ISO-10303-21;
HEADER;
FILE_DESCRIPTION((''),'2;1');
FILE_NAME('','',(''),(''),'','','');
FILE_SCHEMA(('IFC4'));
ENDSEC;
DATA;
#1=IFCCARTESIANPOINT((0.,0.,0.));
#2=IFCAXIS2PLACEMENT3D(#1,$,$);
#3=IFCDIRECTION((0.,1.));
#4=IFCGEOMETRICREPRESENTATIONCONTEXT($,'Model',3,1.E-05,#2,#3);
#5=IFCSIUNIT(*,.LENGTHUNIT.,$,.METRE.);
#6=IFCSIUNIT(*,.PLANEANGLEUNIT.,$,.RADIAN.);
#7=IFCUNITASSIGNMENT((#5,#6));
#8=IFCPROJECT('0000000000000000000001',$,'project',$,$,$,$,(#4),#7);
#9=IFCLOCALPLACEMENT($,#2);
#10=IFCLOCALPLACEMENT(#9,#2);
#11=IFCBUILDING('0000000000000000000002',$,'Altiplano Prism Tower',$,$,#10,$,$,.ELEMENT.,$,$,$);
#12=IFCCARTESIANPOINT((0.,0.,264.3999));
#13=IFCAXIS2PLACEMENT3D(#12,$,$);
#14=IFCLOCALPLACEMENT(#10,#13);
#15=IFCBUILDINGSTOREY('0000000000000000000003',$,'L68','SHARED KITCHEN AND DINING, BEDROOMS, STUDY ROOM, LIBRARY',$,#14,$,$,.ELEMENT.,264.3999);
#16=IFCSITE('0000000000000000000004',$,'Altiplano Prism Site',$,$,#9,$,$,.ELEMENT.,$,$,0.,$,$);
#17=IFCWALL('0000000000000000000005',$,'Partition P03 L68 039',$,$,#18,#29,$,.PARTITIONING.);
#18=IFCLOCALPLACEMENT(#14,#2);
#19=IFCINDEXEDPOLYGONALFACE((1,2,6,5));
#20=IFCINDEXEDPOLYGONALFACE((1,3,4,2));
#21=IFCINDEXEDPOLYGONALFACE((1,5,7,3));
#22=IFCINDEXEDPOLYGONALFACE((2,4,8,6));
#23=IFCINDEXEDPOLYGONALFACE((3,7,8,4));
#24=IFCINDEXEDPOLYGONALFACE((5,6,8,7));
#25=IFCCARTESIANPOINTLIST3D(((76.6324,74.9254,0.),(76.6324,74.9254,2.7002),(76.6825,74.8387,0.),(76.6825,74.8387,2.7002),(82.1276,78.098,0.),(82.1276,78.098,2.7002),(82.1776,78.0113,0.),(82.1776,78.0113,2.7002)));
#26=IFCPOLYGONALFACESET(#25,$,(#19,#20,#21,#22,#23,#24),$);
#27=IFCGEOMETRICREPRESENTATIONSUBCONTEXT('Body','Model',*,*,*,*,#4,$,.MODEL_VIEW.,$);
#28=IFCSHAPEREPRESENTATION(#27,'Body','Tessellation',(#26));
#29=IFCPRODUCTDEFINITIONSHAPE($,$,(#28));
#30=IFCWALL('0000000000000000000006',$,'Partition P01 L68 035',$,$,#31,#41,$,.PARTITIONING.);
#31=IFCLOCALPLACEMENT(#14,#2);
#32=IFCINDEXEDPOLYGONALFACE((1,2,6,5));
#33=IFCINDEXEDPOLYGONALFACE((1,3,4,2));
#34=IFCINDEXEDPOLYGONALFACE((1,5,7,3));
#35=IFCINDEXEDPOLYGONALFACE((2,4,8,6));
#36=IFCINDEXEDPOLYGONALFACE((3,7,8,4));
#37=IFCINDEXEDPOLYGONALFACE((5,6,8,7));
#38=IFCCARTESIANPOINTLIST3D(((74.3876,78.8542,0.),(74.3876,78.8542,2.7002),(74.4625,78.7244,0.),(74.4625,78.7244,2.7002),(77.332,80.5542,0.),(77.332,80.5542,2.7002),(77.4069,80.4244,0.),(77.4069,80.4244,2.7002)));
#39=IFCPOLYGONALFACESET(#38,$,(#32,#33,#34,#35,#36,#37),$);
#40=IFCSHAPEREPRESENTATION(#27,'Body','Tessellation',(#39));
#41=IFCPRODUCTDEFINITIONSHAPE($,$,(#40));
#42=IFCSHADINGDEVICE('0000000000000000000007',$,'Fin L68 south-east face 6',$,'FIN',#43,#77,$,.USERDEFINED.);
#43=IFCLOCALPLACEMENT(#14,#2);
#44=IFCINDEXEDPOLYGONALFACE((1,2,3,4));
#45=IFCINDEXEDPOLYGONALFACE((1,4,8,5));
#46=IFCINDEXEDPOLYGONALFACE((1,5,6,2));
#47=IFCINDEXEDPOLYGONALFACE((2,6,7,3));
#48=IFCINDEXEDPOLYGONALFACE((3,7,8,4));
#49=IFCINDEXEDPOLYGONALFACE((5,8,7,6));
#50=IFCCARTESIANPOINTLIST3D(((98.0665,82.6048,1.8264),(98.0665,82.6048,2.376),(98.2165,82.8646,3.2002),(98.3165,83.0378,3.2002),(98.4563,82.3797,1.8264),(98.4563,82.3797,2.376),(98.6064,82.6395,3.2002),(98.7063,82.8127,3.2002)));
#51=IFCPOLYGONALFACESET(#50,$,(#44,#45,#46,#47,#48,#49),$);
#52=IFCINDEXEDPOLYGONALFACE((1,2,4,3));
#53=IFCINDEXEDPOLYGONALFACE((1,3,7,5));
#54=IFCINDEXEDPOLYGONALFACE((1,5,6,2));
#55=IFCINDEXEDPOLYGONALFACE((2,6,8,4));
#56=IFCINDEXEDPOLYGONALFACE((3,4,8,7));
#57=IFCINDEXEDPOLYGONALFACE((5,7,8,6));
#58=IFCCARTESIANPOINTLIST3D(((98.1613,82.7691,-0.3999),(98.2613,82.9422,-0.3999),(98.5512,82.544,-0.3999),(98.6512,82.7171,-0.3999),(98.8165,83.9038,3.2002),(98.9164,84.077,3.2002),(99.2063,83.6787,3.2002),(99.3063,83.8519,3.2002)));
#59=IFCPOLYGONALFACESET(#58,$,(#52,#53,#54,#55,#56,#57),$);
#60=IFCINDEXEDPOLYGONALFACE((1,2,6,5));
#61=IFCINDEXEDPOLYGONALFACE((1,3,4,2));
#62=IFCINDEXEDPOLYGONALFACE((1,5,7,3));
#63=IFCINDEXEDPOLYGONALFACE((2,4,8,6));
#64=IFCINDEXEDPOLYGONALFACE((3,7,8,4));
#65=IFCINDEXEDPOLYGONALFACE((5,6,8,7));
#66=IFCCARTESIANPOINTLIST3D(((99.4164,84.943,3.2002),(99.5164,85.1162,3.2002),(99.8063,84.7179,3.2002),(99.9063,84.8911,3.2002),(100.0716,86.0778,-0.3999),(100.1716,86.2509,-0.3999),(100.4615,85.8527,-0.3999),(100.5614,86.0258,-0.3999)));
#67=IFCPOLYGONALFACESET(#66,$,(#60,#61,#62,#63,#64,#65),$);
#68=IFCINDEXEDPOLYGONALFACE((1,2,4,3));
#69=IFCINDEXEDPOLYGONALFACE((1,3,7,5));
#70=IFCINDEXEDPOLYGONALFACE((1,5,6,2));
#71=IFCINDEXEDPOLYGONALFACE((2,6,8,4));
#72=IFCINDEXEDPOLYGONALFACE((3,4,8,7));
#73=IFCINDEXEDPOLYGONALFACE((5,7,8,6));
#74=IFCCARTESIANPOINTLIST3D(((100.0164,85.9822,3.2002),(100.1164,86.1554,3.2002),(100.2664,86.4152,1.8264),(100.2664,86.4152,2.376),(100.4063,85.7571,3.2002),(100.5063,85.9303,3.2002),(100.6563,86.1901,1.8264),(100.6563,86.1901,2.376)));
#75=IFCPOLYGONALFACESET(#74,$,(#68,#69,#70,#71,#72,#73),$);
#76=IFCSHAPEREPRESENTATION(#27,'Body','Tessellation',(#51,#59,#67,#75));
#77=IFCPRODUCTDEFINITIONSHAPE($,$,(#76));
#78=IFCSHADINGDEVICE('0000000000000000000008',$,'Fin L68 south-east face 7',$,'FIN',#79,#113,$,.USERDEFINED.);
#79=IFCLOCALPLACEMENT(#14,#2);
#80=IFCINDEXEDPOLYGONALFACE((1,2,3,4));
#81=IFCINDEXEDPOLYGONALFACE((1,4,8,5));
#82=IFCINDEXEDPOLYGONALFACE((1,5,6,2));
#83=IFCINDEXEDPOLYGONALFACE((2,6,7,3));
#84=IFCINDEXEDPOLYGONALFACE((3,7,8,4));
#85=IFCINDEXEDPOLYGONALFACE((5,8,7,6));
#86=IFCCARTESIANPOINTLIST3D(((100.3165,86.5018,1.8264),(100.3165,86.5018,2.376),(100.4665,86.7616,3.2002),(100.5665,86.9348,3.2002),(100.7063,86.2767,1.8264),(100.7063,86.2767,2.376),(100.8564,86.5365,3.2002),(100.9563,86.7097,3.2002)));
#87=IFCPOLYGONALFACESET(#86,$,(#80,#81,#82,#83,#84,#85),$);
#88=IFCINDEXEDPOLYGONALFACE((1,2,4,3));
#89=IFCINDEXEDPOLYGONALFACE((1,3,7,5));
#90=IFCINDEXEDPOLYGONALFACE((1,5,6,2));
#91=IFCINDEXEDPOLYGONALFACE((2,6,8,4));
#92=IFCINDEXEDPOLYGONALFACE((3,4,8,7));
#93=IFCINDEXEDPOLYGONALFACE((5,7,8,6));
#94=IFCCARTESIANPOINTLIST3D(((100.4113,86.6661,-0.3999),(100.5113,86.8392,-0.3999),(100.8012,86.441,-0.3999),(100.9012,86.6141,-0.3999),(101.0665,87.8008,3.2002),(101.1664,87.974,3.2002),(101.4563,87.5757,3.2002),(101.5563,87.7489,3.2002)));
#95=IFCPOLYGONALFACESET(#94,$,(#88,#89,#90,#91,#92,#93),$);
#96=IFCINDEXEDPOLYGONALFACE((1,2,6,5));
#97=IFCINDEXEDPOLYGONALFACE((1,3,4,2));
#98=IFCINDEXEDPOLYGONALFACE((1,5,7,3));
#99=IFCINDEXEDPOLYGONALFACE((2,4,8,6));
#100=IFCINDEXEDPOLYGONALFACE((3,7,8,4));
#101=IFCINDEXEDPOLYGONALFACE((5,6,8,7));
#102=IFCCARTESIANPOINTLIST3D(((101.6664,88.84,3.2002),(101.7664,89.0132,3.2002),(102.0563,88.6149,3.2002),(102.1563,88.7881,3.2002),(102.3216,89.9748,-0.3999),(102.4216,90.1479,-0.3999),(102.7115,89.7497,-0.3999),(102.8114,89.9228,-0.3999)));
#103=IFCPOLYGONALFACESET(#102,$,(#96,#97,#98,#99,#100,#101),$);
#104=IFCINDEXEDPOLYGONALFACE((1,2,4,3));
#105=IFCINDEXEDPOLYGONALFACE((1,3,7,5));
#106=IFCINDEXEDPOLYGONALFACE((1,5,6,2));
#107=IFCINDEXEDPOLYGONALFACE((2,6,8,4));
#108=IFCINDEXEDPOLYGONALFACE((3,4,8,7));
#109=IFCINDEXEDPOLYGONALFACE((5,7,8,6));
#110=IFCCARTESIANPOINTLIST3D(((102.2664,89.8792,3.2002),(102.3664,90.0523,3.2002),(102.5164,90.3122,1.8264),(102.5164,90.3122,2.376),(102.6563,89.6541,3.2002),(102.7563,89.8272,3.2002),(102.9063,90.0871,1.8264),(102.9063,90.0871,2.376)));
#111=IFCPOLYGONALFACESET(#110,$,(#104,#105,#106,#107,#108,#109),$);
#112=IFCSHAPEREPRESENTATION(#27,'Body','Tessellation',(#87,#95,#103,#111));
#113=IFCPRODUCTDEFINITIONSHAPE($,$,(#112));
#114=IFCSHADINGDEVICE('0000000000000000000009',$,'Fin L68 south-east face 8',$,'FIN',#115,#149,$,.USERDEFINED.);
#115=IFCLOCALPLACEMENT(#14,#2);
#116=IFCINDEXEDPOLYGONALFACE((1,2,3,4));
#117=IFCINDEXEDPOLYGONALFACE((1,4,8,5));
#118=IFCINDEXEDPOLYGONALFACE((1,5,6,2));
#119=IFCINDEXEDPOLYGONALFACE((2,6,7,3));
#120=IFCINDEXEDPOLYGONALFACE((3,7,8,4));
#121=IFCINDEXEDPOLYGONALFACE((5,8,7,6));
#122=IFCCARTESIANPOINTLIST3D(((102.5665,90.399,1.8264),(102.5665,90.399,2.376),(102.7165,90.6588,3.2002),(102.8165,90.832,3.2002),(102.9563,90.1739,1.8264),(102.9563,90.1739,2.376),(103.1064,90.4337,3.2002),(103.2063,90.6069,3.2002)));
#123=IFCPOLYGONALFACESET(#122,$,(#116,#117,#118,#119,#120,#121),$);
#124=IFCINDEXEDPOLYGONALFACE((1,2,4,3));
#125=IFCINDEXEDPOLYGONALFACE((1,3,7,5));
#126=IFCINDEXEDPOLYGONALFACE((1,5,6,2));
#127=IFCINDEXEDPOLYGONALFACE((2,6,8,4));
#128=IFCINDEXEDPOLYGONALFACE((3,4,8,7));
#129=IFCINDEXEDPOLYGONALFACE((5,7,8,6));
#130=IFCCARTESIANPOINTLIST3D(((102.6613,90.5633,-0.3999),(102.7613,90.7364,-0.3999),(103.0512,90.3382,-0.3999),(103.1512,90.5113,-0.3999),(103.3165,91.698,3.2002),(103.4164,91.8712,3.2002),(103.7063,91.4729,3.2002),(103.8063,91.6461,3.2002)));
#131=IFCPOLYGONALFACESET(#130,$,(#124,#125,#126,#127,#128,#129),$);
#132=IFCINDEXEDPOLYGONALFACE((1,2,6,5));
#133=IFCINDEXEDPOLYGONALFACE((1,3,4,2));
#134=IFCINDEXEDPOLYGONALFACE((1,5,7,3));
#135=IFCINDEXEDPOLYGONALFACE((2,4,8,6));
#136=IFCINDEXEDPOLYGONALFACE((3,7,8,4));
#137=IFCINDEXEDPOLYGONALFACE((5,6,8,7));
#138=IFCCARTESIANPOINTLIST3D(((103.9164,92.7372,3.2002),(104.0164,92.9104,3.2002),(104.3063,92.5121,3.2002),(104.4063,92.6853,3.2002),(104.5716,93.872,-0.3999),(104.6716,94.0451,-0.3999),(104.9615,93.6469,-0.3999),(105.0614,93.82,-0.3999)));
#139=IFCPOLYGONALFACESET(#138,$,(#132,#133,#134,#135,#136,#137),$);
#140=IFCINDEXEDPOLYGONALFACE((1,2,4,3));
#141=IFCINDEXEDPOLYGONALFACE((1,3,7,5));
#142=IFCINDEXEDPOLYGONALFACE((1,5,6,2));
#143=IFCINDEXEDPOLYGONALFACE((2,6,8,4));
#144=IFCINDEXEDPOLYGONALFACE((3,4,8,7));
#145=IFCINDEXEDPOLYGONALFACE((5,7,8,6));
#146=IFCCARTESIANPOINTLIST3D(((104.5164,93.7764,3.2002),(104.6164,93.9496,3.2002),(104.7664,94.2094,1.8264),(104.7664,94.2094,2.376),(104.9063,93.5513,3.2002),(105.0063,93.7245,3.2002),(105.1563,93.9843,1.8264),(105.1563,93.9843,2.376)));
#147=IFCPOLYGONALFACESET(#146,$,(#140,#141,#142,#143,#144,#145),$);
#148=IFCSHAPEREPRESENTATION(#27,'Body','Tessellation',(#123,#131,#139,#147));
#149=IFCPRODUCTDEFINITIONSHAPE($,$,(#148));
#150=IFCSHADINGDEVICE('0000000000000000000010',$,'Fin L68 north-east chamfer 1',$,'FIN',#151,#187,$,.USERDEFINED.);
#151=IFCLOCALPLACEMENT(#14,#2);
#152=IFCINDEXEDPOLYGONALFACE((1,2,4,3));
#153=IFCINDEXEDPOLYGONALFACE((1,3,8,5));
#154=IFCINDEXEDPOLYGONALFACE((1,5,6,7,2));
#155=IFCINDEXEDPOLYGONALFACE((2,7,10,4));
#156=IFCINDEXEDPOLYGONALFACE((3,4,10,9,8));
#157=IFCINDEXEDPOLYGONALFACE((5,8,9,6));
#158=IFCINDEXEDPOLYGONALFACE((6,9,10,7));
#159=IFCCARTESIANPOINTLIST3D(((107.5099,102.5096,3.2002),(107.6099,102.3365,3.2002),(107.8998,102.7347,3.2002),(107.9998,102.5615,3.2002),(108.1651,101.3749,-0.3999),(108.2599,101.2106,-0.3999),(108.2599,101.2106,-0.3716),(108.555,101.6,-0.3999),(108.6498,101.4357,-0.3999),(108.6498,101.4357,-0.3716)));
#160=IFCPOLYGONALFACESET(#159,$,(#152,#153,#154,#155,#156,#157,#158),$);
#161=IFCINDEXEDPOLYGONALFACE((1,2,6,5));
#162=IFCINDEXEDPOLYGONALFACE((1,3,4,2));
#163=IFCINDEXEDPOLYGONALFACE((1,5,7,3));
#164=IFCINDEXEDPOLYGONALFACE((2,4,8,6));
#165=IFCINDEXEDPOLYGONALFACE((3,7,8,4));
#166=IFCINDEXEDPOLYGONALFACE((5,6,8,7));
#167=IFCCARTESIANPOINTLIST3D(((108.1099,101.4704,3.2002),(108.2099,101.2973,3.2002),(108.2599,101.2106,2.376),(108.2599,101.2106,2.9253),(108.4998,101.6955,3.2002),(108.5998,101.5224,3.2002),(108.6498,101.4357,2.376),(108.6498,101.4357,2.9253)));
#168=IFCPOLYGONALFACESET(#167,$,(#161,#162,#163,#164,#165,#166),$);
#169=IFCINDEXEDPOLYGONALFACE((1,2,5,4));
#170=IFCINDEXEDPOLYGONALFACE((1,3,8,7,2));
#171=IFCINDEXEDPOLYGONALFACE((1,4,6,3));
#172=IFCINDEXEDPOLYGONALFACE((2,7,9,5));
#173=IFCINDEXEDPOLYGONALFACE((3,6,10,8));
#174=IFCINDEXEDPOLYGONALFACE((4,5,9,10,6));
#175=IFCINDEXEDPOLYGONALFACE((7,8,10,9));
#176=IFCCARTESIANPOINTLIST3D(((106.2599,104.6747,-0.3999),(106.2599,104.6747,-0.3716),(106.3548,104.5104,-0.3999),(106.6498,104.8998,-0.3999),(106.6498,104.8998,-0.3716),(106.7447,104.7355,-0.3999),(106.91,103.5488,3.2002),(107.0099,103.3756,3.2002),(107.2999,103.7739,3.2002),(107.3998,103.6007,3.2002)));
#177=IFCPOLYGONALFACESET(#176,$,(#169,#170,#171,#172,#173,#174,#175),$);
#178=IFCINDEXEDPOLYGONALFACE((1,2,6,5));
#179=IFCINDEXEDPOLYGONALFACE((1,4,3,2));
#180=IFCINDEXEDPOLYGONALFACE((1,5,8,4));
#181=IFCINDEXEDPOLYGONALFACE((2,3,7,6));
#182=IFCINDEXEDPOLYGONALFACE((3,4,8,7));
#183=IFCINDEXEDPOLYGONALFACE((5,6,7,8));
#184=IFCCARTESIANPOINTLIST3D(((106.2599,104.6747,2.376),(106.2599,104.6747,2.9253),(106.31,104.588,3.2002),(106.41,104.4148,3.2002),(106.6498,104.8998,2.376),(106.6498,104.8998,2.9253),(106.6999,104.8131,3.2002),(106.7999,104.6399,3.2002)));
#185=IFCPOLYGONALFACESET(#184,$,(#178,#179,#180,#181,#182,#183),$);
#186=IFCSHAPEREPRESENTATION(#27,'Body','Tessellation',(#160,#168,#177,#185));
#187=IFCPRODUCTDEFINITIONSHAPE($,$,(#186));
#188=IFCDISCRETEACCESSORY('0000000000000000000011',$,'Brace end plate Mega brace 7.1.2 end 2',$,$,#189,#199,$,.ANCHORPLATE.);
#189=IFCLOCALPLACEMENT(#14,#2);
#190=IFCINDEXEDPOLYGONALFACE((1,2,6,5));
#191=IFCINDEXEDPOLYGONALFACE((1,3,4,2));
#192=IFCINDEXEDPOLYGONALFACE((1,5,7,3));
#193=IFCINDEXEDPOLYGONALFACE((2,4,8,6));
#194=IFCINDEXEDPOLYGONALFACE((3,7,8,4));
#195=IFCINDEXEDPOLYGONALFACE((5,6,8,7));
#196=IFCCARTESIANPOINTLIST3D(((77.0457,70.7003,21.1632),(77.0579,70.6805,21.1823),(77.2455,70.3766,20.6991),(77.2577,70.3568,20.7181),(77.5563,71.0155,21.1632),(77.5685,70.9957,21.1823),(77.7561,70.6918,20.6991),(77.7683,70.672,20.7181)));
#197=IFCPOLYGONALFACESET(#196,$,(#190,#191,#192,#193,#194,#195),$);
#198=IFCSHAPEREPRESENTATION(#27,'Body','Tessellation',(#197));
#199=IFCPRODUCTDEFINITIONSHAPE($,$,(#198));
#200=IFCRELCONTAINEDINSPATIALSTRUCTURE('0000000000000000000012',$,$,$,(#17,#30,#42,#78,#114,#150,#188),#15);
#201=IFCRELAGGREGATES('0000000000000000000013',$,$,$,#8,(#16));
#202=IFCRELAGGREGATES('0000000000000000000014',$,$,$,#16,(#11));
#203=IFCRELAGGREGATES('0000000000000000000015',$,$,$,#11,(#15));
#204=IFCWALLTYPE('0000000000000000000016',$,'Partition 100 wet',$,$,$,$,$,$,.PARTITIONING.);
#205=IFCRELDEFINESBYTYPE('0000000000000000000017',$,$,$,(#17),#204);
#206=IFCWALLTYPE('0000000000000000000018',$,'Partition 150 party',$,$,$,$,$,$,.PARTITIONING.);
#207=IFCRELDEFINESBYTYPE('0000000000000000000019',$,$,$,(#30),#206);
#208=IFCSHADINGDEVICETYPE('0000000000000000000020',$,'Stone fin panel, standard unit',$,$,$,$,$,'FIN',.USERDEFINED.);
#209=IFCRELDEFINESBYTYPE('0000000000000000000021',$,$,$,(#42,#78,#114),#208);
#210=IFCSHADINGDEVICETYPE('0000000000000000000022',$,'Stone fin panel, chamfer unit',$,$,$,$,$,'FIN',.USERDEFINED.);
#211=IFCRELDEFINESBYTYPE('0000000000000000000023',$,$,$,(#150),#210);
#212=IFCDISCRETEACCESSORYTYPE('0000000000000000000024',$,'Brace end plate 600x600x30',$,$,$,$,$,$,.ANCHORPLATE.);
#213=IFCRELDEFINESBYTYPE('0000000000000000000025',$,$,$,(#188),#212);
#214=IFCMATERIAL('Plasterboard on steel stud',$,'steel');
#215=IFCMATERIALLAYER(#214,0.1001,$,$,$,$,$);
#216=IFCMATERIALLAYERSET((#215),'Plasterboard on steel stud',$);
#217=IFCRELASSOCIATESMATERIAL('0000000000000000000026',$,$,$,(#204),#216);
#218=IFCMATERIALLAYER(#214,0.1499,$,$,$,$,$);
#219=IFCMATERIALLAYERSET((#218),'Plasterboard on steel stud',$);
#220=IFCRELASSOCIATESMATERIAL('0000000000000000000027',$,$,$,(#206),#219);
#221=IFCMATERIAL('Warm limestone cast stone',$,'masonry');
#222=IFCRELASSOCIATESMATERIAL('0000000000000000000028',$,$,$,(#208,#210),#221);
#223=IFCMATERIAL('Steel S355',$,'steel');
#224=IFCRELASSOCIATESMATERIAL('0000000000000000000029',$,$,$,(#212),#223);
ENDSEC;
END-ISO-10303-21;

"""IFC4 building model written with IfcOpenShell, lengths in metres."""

from ifc_helpers import new_model, si_unit, direction, frame, frame_2d, origin, origin_2d, place, context, subcontext, project, spatial, polyline, rectangle, outline, extrude, source, transform, mapped, material, layer, layer_set, material_profile, profile_set, type_object, element, save


model = new_model("IFC4")

# Units and contexts
model_context = context("Model", 3, precision=1e-05, world=origin(), true_north=direction((0.0, 1.0)))
body_context = subcontext(model_context, "Body", "Model", "MODEL_VIEW")
ifc_project = project(units=[si_unit("LENGTHUNIT", "METRE"), si_unit("PLANEANGLEUNIT", "RADIAN")], contexts=[model_context])

# Site, building, storey
site_placement = place(None, origin())
site = spatial("IfcSite", under=ifc_project, at=site_placement, Name="Altiplano Prism Site", CompositionType="ELEMENT", RefElevation=0.0)
building_placement = place(site_placement, origin())
building = spatial("IfcBuilding", under=site, at=building_placement, Name="Altiplano Prism Tower", CompositionType="ELEMENT")
storey_placement = place(building_placement, frame((0.0, 0.0, 264.3999)))
storey = spatial("IfcBuildingStorey", under=building, at=storey_placement, Name="L68", Description="SHARED KITCHEN AND DINING, BEDROOMS, STUDY ROOM, LIBRARY", CompositionType="ELEMENT", Elevation=264.3999)

# Shared definitions
ifc_material_1 = material(Name="Steel S355", Category="steel")

# Walls
ifc_material_2 = material(Name="Plasterboard on steel stud", Category="steel")
ifc_layer_1 = layer(ifc_material_2, 0.1001)
ifc_layer_set_1 = layer_set([ifc_layer_1], Name="Plasterboard on steel stud")
wall_type_1 = type_object("IfcWallType", Name="Partition 100 wet", PredefinedType="PARTITIONING", material=ifc_layer_set_1)
wall_1_placement = place(storey_placement, frame((76.6575, 74.8821, 0.0), z_axis=(0.0, 0.0, 1.0), x_axis=(0.866025, 0.5, 0.0)))
element("IfcWall", 1, at=wall_1_placement, inside=storey, type_object=wall_type_1, Name="Partition P03 L68 039", PredefinedType="PARTITIONING", context=body_context, shape_type="SweptSolid", body=[
    extrude(rectangle(XDim=6.3452, YDim=0.1001, at=frame_2d((3.1726, 0.0))), origin(), (0.0, 0.0, 1.0), 2.7002),
])
ifc_layer_2 = layer(ifc_material_2, 0.1499)
ifc_layer_set_2 = layer_set([ifc_layer_2], Name="Plasterboard on steel stud")
wall_type_2 = type_object("IfcWallType", Name="Partition 150 party", PredefinedType="PARTITIONING", material=ifc_layer_set_2)
wall_2_placement = place(storey_placement, frame((74.425, 78.7893, 0.0), z_axis=(0.0, 0.0, 1.0), x_axis=(0.866021, 0.500008, 0.0)))
element("IfcWall", 2, at=wall_2_placement, inside=storey, type_object=wall_type_2, Name="Partition P01 L68 035", PredefinedType="PARTITIONING", context=body_context, shape_type="SweptSolid", body=[
    extrude(rectangle(XDim=3.3999, YDim=0.1499, at=frame_2d((1.7, 0.0))), origin(), (0.0, 0.0, 1.0), 2.7002),
])

# Shading devices
ifc_material_3 = material(Name="Warm limestone cast stone", Category="masonry")
shading_device_type_1 = type_object("IfcShadingDeviceType", Name="Stone fin panel, standard unit", ElementType="FIN", PredefinedType="USERDEFINED", material=ifc_material_3)
shared_shape_1 = source(origin(), body_context, "Body", "SweptSolid", [
    extrude(outline(polyline([(-2.2, 2.2263), (-1.7, 3.6001), (-1.8999, 3.6001), (-2.2, 2.7759), (-2.2, 2.2263)])), frame((0.0, -0.1499, 0.0), z_axis=(0.0, -1.0, 0.0), x_axis=(1.0, 0.0, 0.0)), (0.0, 0.0, 1.0), 0.4502),
    extrude(outline(polyline([(-2.0103, 0.0), (-1.8103, 0.0), (-0.5, 3.6001), (-0.7, 3.6001), (-2.0103, 0.0)])), frame((0.0, -0.1499, 0.0), z_axis=(0.0, -1.0, 0.0), x_axis=(1.0, 0.0, 0.0)), (0.0, 0.0, 1.0), 0.4502),
    extrude(outline(polyline([(1.8103, 0.0), (2.0103, 0.0), (0.7, 3.6001), (0.5, 3.6001), (1.8103, 0.0)])), frame((0.0, -0.1499, 0.0), z_axis=(0.0, -1.0, 0.0), x_axis=(1.0, 0.0, 0.0)), (0.0, 0.0, 1.0), 0.4502),
    extrude(outline(polyline([(2.2, 2.7759), (1.8999, 3.6001), (1.7, 3.6001), (2.2, 2.2263), (2.2, 2.7759)])), frame((0.0, -0.1499, 0.0), z_axis=(0.0, -1.0, 0.0), x_axis=(1.0, 0.0, 0.0)), (0.0, 0.0, 1.0), 0.4502),
])
shading_device_1_placement = place(storey_placement, origin())
element("IfcShadingDevice", 3, at=shading_device_1_placement, inside=storey, type_object=shading_device_type_1, Name="Fin L68 south-east face 6", ObjectType="FIN", PredefinedType="USERDEFINED", context=body_context, shape_type="MappedRepresentation", body=[
    mapped(shared_shape_1, transform((99.0366, 84.585, -0.3999), x_axis=(0.5, 0.866025, 0.0), y_axis=(-0.866025, 0.5, 0.0), z_axis=(0.0, 0.0, 1.0))),
])
shading_device_2_placement = place(storey_placement, origin())
element("IfcShadingDevice", 4, at=shading_device_2_placement, inside=storey, type_object=shading_device_type_1, Name="Fin L68 south-east face 7", ObjectType="FIN", PredefinedType="USERDEFINED", context=body_context, shape_type="MappedRepresentation", body=[
    mapped(shared_shape_1, transform((101.2866, 88.4819, -0.3999), x_axis=(0.5, 0.866025, 0.0), y_axis=(-0.866025, 0.5, 0.0), z_axis=(0.0, 0.0, 1.0))),
])
shading_device_3_placement = place(storey_placement, origin())
element("IfcShadingDevice", 5, at=shading_device_3_placement, inside=storey, type_object=shading_device_type_1, Name="Fin L68 south-east face 8", ObjectType="FIN", PredefinedType="USERDEFINED", context=body_context, shape_type="MappedRepresentation", body=[
    mapped(shared_shape_1, transform((103.5366, 92.3792, -0.3999), x_axis=(0.5, 0.866025, 0.0), y_axis=(-0.866025, 0.5, 0.0), z_axis=(0.0, 0.0, 1.0))),
])
shading_device_type_2 = type_object("IfcShadingDeviceType", Name="Stone fin panel, chamfer unit", ElementType="FIN", PredefinedType="USERDEFINED", material=ifc_material_3)
shared_shape_2 = source(origin(), body_context, "Body", "SweptSolid", [
    extrude(outline(polyline([(-2.0, 0.0), (-1.8103, 0.0), (-0.5, 3.6001), (-0.7, 3.6001), (-2.0, 0.0283), (-2.0, 0.0)])), frame((0.0, -0.1499, 0.0), z_axis=(0.0, -1.0, 0.0), x_axis=(1.0, 0.0, 0.0)), (0.0, 0.0, 1.0), 0.4502),
    extrude(outline(polyline([(-2.0, 2.7759), (-1.7, 3.6001), (-1.8999, 3.6001), (-2.0, 3.3252), (-2.0, 2.7759)])), frame((0.0, -0.1499, 0.0), z_axis=(0.0, -1.0, 0.0), x_axis=(1.0, 0.0, 0.0)), (0.0, 0.0, 1.0), 0.4502),
    extrude(outline(polyline([(1.8103, 0.0), (2.0, 0.0), (2.0, 0.0283), (0.7, 3.6001), (0.5, 3.6001), (1.8103, 0.0)])), frame((0.0, -0.1499, 0.0), z_axis=(0.0, -1.0, 0.0), x_axis=(1.0, 0.0, 0.0)), (0.0, 0.0, 1.0), 0.4502),
    extrude(outline(polyline([(2.0, 3.3252), (1.8999, 3.6001), (1.7, 3.6001), (2.0, 2.7759), (2.0, 3.3252)])), frame((0.0, -0.1499, 0.0), z_axis=(0.0, -1.0, 0.0), x_axis=(1.0, 0.0, 0.0)), (0.0, 0.0, 1.0), 0.4502),
])
shading_device_4_placement = place(storey_placement, origin())
element("IfcShadingDevice", 6, at=shading_device_4_placement, inside=storey, type_object=shading_device_type_2, Name="Fin L68 north-east chamfer 1", ObjectType="FIN", PredefinedType="USERDEFINED", context=body_context, shape_type="MappedRepresentation", body=[
    mapped(shared_shape_2, transform((107.1301, 102.8677, -0.3999), x_axis=(-0.5, 0.866025, 0.0), y_axis=(-0.866025, -0.5, 0.0), z_axis=(0.0, 0.0, 1.0))),
])

# Discrete accessory
ifc_material_profile_1 = material_profile(ifc_material_1, rectangle(XDim=0.6001, YDim=0.6001, at=origin_2d()), Name="Brace end plate 600x600x30")
ifc_profile_set_1 = profile_set([ifc_material_profile_1], Name="Steel S355")
discrete_accessory_type_1 = type_object("IfcDiscreteAccessoryType", Name="Brace end plate 600x600x30", PredefinedType="ANCHORPLATE", material=ifc_profile_set_1)
discrete_accessory_1_placement = place(storey_placement, frame((77.4131, 70.6763, 20.9502), z_axis=(-0.406289, 0.658189, -0.633811), x_axis=(-0.850936, -0.525269, 0.0)))
element("IfcDiscreteAccessory", 7, at=discrete_accessory_1_placement, inside=storey, type_object=discrete_accessory_type_1, Name="Brace end plate Mega brace 7.1.2 end 2", PredefinedType="ANCHORPLATE", context=body_context, shape_type="SweptSolid", body=[
    extrude(rectangle(XDim=0.6001, YDim=0.6001, at=origin_2d()), origin(), (0.0, 0.0, 1.0), 0.03),
])

save(model, "model.ifc")
